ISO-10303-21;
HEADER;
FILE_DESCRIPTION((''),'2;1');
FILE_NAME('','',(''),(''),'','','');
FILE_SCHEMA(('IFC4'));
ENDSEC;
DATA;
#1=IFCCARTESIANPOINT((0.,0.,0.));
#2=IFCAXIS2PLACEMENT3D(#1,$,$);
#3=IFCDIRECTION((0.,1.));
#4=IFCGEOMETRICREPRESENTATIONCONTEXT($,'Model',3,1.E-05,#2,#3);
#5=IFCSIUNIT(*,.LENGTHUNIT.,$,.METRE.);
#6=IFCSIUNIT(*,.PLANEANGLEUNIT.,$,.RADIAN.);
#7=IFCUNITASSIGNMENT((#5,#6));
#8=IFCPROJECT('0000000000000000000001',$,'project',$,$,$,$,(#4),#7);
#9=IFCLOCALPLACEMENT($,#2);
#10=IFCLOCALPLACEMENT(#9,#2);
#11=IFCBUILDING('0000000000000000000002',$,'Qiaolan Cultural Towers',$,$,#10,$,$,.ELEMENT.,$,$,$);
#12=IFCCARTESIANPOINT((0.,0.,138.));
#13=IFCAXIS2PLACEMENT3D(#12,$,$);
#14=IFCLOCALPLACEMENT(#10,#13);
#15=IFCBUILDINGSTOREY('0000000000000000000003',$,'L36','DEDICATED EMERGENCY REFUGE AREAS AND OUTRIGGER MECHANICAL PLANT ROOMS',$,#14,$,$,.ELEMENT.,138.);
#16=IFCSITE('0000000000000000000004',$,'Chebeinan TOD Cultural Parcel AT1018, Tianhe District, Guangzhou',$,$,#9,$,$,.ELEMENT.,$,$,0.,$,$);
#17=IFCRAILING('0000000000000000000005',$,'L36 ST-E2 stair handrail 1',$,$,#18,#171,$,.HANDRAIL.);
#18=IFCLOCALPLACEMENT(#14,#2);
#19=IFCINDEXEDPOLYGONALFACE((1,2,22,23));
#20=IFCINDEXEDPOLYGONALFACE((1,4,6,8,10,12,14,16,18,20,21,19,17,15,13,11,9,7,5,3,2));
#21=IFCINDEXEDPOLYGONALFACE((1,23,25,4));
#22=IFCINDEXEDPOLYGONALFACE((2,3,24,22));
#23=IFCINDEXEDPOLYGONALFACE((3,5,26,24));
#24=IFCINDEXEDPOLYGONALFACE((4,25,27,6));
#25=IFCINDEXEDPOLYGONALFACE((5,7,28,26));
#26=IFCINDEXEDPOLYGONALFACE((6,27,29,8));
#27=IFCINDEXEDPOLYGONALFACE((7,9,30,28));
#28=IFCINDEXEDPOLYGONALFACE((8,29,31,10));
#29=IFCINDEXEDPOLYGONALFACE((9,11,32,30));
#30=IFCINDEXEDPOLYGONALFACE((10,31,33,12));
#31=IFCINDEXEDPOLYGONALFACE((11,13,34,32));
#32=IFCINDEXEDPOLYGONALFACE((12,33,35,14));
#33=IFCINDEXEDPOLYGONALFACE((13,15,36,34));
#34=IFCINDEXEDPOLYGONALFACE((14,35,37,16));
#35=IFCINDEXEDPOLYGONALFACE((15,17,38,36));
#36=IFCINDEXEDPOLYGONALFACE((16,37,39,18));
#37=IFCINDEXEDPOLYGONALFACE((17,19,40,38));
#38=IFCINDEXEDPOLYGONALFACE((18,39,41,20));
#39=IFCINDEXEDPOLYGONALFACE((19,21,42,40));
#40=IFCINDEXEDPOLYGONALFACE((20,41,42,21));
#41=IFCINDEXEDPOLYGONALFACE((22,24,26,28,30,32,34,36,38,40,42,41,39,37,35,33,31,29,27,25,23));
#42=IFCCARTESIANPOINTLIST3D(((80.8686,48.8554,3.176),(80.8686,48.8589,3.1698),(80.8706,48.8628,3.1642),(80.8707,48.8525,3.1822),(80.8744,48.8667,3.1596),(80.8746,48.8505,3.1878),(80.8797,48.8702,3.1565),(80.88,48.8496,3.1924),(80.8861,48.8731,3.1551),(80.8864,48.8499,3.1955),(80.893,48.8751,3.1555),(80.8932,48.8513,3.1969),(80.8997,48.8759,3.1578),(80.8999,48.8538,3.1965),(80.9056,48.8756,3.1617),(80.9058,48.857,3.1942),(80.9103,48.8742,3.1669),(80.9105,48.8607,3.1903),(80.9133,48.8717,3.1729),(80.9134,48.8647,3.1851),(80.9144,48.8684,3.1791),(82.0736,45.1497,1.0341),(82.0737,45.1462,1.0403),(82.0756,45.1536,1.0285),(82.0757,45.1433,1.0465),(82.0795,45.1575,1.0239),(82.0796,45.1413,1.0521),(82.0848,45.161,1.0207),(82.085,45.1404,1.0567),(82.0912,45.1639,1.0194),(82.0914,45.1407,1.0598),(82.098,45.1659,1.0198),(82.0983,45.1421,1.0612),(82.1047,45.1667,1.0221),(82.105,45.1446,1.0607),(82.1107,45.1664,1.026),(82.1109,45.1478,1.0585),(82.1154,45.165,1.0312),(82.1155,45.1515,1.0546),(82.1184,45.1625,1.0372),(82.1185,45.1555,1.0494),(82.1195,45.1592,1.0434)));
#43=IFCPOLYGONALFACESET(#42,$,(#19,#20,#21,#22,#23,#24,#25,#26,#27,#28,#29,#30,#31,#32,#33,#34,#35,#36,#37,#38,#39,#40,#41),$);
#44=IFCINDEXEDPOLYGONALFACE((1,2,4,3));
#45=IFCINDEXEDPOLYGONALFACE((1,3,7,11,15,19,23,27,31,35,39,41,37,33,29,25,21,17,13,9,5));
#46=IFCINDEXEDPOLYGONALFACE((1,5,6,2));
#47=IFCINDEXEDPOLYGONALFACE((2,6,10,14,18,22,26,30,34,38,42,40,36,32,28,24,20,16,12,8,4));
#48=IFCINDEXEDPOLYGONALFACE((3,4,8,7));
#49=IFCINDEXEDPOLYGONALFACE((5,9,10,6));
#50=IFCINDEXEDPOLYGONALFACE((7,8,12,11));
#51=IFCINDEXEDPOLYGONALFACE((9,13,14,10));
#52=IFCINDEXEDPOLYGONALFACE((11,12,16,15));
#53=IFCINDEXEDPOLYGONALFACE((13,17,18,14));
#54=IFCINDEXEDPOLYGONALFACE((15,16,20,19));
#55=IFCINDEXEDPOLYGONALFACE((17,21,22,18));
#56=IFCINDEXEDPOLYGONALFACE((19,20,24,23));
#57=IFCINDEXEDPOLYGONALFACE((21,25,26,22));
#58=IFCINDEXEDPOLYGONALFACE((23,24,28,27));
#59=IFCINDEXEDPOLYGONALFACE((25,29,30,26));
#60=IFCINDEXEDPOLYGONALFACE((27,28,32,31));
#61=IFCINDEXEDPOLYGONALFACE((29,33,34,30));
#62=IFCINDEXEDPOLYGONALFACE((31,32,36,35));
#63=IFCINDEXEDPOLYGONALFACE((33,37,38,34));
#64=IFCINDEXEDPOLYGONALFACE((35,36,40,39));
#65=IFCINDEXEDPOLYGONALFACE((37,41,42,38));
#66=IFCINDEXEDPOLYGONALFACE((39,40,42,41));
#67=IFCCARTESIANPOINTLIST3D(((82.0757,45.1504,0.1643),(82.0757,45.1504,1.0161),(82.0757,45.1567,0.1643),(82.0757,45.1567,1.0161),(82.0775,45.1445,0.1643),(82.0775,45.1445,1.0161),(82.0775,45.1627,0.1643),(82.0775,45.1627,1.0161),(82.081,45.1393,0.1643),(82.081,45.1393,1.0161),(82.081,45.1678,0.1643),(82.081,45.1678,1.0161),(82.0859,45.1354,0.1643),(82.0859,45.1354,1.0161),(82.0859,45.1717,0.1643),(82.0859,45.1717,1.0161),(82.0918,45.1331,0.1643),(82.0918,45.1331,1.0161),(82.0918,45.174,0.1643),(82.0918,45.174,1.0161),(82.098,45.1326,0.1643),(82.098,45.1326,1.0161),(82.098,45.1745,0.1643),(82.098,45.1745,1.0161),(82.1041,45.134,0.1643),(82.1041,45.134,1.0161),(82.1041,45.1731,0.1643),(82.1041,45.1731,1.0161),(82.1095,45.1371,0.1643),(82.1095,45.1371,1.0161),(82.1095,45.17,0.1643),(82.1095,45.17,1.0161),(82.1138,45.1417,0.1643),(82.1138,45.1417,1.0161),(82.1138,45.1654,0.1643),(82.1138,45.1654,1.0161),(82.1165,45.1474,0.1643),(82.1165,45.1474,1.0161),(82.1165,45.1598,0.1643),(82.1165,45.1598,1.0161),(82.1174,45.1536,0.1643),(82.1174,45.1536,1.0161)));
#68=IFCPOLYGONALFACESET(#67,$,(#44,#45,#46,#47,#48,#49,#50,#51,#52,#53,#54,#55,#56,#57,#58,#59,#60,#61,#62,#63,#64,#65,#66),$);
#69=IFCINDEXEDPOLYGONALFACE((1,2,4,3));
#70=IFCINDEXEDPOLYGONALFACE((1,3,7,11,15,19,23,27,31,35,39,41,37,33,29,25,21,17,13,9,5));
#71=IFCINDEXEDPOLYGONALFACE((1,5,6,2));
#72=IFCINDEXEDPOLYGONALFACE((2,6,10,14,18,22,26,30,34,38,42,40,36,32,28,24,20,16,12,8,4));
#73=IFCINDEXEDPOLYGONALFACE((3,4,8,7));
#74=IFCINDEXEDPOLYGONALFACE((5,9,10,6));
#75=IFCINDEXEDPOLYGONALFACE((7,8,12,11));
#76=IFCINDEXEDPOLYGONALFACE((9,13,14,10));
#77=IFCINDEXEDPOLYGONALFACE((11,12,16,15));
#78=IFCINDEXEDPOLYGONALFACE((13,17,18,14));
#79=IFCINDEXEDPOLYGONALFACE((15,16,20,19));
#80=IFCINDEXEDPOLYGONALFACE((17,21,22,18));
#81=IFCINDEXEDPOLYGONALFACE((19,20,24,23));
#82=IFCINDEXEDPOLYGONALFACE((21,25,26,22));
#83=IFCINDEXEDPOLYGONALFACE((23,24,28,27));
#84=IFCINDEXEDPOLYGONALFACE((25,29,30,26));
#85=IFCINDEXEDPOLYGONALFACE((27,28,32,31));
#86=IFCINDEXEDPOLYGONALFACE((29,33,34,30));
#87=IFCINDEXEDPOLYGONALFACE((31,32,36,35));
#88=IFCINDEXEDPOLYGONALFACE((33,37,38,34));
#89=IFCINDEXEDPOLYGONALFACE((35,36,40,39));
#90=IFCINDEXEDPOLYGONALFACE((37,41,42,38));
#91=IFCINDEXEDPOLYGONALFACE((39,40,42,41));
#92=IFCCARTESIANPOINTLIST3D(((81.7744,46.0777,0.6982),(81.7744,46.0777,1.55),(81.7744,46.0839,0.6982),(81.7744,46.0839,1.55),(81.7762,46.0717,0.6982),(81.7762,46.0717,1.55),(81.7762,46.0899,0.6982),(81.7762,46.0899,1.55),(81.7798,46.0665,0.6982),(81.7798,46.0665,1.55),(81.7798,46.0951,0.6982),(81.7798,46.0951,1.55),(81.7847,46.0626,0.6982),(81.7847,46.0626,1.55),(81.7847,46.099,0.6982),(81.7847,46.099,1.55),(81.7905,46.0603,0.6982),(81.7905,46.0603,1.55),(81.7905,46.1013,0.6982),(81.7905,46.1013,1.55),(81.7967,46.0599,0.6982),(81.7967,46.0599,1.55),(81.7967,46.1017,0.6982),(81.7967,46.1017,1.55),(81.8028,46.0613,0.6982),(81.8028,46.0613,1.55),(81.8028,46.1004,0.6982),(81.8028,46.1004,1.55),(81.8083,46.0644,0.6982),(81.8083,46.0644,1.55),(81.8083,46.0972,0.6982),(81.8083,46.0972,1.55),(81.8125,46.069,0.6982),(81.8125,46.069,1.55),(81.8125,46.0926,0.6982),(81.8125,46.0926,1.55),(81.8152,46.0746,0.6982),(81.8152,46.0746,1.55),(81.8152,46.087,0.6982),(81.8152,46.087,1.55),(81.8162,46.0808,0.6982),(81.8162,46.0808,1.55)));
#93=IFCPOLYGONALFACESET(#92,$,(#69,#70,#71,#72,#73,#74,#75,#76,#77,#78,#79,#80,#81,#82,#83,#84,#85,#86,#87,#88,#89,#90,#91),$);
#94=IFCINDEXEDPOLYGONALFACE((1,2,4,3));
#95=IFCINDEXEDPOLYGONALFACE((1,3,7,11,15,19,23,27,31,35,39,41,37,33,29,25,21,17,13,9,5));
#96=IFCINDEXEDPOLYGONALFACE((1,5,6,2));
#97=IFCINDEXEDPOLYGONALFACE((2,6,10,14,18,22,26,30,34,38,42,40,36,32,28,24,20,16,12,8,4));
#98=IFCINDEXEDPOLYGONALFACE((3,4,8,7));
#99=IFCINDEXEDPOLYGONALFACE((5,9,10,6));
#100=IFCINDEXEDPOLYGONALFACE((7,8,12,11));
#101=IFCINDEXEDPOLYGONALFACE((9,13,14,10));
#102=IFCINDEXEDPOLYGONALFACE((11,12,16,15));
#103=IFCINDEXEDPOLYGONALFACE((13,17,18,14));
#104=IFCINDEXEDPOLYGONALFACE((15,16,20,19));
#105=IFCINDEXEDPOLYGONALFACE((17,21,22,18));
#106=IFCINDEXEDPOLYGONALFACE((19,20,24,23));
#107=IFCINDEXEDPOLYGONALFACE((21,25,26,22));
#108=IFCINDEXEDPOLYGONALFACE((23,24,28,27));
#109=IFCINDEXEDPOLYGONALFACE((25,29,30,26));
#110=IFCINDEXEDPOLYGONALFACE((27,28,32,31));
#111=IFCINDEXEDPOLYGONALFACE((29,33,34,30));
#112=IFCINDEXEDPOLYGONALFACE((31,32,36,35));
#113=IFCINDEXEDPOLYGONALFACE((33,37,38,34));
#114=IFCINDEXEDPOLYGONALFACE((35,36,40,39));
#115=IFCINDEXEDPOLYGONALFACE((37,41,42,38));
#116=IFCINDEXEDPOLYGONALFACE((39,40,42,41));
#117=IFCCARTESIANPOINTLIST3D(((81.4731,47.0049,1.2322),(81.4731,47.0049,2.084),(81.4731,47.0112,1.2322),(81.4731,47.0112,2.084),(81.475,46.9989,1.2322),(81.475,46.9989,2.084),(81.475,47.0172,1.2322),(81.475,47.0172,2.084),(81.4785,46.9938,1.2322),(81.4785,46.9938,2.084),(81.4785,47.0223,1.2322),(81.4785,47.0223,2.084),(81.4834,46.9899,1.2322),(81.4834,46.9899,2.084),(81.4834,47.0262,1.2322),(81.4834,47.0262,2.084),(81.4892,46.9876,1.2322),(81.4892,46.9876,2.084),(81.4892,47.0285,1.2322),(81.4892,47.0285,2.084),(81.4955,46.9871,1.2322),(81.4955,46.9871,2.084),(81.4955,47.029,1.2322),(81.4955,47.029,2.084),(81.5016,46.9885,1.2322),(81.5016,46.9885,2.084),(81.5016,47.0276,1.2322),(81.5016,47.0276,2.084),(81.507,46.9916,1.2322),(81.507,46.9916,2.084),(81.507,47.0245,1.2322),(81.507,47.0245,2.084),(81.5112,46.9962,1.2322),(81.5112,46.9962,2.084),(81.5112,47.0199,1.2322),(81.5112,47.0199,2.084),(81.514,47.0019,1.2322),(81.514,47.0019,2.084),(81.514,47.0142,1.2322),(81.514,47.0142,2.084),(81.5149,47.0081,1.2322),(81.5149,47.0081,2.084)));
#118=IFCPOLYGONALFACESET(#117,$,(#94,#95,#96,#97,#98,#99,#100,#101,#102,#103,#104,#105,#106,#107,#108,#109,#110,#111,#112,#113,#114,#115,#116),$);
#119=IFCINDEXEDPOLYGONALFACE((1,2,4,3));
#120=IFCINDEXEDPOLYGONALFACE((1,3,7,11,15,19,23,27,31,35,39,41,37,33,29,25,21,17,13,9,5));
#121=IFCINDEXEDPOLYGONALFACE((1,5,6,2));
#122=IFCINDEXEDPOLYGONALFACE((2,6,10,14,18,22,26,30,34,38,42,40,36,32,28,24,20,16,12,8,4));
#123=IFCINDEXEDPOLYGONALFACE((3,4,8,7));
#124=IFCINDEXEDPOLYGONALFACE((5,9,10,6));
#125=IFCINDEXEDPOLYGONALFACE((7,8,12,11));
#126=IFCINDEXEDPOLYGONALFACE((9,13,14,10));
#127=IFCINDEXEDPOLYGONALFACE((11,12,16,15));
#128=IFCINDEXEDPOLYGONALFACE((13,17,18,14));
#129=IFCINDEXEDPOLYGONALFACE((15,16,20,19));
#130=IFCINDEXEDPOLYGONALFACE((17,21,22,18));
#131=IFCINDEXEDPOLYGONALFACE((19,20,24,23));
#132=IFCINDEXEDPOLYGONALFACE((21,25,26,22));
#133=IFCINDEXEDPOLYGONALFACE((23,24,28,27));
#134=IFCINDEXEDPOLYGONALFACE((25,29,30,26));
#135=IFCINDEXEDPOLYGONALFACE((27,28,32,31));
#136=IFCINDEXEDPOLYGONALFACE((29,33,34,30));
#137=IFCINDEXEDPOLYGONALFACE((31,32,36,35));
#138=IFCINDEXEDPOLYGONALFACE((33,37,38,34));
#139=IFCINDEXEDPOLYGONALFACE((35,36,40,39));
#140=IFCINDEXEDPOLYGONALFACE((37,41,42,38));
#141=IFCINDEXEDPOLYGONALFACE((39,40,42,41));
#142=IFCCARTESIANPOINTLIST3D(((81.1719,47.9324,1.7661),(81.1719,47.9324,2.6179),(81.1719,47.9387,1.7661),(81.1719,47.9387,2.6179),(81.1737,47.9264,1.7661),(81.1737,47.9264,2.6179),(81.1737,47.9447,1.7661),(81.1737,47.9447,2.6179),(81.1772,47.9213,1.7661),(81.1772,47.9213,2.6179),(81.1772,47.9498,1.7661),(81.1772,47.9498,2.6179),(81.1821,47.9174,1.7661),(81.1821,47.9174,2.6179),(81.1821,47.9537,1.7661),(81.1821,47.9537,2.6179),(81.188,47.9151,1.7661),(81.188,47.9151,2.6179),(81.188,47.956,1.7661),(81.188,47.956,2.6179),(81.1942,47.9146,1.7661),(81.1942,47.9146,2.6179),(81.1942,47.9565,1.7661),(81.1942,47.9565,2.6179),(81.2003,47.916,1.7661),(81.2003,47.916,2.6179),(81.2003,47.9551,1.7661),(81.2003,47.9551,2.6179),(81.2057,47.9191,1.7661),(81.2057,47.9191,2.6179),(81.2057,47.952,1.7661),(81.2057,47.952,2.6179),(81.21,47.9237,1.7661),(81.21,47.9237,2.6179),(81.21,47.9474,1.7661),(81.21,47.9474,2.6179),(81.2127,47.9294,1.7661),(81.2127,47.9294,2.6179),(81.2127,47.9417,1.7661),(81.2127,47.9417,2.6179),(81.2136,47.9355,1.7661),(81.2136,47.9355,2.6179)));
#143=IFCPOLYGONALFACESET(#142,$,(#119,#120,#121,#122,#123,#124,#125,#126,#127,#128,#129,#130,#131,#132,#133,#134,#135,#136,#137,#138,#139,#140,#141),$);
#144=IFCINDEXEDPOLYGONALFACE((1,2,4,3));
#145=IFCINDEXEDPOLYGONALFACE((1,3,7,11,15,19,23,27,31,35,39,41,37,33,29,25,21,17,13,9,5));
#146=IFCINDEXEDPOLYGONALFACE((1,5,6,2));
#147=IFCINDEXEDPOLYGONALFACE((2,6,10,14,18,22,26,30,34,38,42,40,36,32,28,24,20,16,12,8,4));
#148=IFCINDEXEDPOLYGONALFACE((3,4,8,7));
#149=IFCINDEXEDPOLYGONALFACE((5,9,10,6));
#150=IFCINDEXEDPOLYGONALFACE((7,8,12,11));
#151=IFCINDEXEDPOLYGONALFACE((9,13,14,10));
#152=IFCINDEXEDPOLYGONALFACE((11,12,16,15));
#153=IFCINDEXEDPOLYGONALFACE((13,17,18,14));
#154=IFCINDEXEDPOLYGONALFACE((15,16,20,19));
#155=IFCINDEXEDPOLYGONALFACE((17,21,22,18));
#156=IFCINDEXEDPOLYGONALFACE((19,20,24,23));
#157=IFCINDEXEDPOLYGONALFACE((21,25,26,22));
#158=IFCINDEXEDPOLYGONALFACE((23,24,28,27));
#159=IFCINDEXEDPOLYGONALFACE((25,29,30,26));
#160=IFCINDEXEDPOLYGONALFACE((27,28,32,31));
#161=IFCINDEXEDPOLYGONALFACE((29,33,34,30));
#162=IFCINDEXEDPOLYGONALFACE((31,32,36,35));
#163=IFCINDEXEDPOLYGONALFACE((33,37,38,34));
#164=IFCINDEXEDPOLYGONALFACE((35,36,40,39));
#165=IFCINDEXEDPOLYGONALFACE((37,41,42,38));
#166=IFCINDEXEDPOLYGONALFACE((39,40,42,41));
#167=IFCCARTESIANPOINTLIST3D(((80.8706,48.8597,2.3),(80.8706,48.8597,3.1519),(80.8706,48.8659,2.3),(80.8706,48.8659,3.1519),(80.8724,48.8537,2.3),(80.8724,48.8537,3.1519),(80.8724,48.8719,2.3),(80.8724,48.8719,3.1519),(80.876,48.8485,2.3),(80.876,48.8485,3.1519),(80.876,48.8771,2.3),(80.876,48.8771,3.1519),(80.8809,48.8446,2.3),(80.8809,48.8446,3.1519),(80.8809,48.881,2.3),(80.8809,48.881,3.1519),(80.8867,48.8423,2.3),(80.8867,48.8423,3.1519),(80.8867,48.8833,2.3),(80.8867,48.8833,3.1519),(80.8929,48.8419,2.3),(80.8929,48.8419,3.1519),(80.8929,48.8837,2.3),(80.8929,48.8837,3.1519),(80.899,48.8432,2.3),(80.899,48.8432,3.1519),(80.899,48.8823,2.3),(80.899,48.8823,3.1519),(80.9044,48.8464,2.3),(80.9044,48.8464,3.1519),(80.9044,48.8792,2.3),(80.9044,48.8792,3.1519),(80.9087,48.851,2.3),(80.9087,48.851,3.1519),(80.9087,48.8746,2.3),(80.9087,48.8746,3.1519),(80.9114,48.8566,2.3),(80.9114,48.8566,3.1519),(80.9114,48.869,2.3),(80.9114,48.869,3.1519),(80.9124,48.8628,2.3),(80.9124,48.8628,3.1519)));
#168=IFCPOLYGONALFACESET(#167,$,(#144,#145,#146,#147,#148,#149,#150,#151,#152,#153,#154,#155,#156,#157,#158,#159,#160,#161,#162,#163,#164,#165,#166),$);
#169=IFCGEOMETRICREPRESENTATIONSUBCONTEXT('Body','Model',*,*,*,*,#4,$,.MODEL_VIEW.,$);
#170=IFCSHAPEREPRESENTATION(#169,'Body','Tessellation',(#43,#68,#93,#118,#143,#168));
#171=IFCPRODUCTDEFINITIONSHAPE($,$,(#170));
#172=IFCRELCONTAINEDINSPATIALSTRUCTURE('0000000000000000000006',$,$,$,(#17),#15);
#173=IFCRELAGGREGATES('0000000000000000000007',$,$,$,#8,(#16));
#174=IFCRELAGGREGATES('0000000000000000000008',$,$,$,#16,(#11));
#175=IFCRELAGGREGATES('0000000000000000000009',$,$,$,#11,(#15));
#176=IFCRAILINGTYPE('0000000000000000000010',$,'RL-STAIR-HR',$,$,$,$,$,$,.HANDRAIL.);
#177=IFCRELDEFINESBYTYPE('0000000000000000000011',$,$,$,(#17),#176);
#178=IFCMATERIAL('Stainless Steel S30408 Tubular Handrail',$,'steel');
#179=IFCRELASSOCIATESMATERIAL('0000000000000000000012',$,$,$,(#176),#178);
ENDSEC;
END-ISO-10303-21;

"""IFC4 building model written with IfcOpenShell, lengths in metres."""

from ifc_helpers import new_model, si_unit, direction, frame, origin, origin_2d, place, context, subcontext, project, spatial, circle, extrude, material, type_object, element, save


model = new_model("IFC4")

# Units and contexts
model_context = context("Model", 3, precision=1e-05, world=origin(), true_north=direction((0.0, 1.0)))
body_context = subcontext(model_context, "Body", "Model", "MODEL_VIEW")
ifc_project = project(units=[si_unit("LENGTHUNIT", "METRE"), si_unit("PLANEANGLEUNIT", "RADIAN")], contexts=[model_context])

# Site, building, storey
site_placement = place(None, origin())
site = spatial("IfcSite", under=ifc_project, at=site_placement, Name="Chebeinan TOD Cultural Parcel AT1018, Tianhe District, Guangzhou", CompositionType="ELEMENT", RefElevation=0.0)
building_placement = place(site_placement, origin())
building = spatial("IfcBuilding", under=site, at=building_placement, Name="Qiaolan Cultural Towers", CompositionType="ELEMENT")
storey_placement = place(building_placement, frame((0.0, 0.0, 138.0)))
storey = spatial("IfcBuildingStorey", under=building, at=storey_placement, Name="L36", Description="DEDICATED EMERGENCY REFUGE AREAS AND OUTRIGGER MECHANICAL PLANT ROOMS", CompositionType="ELEMENT", Elevation=138.0)

# Railing
ifc_material_1 = material(Name="Stainless Steel S30408 Tubular Handrail", Category="steel")
railing_type_1 = type_object("IfcRailingType", Name="RL-STAIR-HR", PredefinedType="HANDRAIL", material=ifc_material_1)
railing_1_placement = place(storey_placement, frame((82.0964, 45.1536, 0.1643)))
element("IfcRailing", 1, at=railing_1_placement, inside=storey, type_object=railing_type_1, Name="L36 ST-E2 stair handrail 1", PredefinedType="HANDRAIL", context=body_context, shape_type="SweptSolid", body=[
    extrude(circle(Radius=0.0239, at=origin_2d()), frame((0.0, 0.0, 0.876), z_axis=(-0.271013, 0.834177, 0.480312), x_axis=(-0.951066, -0.308988, 0.0)), (0.0, 0.0, 1.0), 4.4465),
    extrude(circle(Radius=0.021, at=origin_2d()), origin(), (0.0, 0.0, 1.0), 0.8518),
    extrude(circle(Radius=0.021, at=origin_2d()), frame((-0.3013, 0.9272, 0.5339)), (0.0, 0.0, 1.0), 0.8518),
    extrude(circle(Radius=0.021, at=origin_2d()), frame((-0.6025, 1.8545, 1.0679)), (0.0, 0.0, 1.0), 0.8518),
    extrude(circle(Radius=0.021, at=origin_2d()), frame((-0.9038, 2.782, 1.6018)), (0.0, 0.0, 1.0), 0.8518),
    extrude(circle(Radius=0.021, at=origin_2d()), frame((-1.2051, 3.7092, 2.1357)), (0.0, 0.0, 1.0), 0.8518),
])

save(model, "model.ifc")
